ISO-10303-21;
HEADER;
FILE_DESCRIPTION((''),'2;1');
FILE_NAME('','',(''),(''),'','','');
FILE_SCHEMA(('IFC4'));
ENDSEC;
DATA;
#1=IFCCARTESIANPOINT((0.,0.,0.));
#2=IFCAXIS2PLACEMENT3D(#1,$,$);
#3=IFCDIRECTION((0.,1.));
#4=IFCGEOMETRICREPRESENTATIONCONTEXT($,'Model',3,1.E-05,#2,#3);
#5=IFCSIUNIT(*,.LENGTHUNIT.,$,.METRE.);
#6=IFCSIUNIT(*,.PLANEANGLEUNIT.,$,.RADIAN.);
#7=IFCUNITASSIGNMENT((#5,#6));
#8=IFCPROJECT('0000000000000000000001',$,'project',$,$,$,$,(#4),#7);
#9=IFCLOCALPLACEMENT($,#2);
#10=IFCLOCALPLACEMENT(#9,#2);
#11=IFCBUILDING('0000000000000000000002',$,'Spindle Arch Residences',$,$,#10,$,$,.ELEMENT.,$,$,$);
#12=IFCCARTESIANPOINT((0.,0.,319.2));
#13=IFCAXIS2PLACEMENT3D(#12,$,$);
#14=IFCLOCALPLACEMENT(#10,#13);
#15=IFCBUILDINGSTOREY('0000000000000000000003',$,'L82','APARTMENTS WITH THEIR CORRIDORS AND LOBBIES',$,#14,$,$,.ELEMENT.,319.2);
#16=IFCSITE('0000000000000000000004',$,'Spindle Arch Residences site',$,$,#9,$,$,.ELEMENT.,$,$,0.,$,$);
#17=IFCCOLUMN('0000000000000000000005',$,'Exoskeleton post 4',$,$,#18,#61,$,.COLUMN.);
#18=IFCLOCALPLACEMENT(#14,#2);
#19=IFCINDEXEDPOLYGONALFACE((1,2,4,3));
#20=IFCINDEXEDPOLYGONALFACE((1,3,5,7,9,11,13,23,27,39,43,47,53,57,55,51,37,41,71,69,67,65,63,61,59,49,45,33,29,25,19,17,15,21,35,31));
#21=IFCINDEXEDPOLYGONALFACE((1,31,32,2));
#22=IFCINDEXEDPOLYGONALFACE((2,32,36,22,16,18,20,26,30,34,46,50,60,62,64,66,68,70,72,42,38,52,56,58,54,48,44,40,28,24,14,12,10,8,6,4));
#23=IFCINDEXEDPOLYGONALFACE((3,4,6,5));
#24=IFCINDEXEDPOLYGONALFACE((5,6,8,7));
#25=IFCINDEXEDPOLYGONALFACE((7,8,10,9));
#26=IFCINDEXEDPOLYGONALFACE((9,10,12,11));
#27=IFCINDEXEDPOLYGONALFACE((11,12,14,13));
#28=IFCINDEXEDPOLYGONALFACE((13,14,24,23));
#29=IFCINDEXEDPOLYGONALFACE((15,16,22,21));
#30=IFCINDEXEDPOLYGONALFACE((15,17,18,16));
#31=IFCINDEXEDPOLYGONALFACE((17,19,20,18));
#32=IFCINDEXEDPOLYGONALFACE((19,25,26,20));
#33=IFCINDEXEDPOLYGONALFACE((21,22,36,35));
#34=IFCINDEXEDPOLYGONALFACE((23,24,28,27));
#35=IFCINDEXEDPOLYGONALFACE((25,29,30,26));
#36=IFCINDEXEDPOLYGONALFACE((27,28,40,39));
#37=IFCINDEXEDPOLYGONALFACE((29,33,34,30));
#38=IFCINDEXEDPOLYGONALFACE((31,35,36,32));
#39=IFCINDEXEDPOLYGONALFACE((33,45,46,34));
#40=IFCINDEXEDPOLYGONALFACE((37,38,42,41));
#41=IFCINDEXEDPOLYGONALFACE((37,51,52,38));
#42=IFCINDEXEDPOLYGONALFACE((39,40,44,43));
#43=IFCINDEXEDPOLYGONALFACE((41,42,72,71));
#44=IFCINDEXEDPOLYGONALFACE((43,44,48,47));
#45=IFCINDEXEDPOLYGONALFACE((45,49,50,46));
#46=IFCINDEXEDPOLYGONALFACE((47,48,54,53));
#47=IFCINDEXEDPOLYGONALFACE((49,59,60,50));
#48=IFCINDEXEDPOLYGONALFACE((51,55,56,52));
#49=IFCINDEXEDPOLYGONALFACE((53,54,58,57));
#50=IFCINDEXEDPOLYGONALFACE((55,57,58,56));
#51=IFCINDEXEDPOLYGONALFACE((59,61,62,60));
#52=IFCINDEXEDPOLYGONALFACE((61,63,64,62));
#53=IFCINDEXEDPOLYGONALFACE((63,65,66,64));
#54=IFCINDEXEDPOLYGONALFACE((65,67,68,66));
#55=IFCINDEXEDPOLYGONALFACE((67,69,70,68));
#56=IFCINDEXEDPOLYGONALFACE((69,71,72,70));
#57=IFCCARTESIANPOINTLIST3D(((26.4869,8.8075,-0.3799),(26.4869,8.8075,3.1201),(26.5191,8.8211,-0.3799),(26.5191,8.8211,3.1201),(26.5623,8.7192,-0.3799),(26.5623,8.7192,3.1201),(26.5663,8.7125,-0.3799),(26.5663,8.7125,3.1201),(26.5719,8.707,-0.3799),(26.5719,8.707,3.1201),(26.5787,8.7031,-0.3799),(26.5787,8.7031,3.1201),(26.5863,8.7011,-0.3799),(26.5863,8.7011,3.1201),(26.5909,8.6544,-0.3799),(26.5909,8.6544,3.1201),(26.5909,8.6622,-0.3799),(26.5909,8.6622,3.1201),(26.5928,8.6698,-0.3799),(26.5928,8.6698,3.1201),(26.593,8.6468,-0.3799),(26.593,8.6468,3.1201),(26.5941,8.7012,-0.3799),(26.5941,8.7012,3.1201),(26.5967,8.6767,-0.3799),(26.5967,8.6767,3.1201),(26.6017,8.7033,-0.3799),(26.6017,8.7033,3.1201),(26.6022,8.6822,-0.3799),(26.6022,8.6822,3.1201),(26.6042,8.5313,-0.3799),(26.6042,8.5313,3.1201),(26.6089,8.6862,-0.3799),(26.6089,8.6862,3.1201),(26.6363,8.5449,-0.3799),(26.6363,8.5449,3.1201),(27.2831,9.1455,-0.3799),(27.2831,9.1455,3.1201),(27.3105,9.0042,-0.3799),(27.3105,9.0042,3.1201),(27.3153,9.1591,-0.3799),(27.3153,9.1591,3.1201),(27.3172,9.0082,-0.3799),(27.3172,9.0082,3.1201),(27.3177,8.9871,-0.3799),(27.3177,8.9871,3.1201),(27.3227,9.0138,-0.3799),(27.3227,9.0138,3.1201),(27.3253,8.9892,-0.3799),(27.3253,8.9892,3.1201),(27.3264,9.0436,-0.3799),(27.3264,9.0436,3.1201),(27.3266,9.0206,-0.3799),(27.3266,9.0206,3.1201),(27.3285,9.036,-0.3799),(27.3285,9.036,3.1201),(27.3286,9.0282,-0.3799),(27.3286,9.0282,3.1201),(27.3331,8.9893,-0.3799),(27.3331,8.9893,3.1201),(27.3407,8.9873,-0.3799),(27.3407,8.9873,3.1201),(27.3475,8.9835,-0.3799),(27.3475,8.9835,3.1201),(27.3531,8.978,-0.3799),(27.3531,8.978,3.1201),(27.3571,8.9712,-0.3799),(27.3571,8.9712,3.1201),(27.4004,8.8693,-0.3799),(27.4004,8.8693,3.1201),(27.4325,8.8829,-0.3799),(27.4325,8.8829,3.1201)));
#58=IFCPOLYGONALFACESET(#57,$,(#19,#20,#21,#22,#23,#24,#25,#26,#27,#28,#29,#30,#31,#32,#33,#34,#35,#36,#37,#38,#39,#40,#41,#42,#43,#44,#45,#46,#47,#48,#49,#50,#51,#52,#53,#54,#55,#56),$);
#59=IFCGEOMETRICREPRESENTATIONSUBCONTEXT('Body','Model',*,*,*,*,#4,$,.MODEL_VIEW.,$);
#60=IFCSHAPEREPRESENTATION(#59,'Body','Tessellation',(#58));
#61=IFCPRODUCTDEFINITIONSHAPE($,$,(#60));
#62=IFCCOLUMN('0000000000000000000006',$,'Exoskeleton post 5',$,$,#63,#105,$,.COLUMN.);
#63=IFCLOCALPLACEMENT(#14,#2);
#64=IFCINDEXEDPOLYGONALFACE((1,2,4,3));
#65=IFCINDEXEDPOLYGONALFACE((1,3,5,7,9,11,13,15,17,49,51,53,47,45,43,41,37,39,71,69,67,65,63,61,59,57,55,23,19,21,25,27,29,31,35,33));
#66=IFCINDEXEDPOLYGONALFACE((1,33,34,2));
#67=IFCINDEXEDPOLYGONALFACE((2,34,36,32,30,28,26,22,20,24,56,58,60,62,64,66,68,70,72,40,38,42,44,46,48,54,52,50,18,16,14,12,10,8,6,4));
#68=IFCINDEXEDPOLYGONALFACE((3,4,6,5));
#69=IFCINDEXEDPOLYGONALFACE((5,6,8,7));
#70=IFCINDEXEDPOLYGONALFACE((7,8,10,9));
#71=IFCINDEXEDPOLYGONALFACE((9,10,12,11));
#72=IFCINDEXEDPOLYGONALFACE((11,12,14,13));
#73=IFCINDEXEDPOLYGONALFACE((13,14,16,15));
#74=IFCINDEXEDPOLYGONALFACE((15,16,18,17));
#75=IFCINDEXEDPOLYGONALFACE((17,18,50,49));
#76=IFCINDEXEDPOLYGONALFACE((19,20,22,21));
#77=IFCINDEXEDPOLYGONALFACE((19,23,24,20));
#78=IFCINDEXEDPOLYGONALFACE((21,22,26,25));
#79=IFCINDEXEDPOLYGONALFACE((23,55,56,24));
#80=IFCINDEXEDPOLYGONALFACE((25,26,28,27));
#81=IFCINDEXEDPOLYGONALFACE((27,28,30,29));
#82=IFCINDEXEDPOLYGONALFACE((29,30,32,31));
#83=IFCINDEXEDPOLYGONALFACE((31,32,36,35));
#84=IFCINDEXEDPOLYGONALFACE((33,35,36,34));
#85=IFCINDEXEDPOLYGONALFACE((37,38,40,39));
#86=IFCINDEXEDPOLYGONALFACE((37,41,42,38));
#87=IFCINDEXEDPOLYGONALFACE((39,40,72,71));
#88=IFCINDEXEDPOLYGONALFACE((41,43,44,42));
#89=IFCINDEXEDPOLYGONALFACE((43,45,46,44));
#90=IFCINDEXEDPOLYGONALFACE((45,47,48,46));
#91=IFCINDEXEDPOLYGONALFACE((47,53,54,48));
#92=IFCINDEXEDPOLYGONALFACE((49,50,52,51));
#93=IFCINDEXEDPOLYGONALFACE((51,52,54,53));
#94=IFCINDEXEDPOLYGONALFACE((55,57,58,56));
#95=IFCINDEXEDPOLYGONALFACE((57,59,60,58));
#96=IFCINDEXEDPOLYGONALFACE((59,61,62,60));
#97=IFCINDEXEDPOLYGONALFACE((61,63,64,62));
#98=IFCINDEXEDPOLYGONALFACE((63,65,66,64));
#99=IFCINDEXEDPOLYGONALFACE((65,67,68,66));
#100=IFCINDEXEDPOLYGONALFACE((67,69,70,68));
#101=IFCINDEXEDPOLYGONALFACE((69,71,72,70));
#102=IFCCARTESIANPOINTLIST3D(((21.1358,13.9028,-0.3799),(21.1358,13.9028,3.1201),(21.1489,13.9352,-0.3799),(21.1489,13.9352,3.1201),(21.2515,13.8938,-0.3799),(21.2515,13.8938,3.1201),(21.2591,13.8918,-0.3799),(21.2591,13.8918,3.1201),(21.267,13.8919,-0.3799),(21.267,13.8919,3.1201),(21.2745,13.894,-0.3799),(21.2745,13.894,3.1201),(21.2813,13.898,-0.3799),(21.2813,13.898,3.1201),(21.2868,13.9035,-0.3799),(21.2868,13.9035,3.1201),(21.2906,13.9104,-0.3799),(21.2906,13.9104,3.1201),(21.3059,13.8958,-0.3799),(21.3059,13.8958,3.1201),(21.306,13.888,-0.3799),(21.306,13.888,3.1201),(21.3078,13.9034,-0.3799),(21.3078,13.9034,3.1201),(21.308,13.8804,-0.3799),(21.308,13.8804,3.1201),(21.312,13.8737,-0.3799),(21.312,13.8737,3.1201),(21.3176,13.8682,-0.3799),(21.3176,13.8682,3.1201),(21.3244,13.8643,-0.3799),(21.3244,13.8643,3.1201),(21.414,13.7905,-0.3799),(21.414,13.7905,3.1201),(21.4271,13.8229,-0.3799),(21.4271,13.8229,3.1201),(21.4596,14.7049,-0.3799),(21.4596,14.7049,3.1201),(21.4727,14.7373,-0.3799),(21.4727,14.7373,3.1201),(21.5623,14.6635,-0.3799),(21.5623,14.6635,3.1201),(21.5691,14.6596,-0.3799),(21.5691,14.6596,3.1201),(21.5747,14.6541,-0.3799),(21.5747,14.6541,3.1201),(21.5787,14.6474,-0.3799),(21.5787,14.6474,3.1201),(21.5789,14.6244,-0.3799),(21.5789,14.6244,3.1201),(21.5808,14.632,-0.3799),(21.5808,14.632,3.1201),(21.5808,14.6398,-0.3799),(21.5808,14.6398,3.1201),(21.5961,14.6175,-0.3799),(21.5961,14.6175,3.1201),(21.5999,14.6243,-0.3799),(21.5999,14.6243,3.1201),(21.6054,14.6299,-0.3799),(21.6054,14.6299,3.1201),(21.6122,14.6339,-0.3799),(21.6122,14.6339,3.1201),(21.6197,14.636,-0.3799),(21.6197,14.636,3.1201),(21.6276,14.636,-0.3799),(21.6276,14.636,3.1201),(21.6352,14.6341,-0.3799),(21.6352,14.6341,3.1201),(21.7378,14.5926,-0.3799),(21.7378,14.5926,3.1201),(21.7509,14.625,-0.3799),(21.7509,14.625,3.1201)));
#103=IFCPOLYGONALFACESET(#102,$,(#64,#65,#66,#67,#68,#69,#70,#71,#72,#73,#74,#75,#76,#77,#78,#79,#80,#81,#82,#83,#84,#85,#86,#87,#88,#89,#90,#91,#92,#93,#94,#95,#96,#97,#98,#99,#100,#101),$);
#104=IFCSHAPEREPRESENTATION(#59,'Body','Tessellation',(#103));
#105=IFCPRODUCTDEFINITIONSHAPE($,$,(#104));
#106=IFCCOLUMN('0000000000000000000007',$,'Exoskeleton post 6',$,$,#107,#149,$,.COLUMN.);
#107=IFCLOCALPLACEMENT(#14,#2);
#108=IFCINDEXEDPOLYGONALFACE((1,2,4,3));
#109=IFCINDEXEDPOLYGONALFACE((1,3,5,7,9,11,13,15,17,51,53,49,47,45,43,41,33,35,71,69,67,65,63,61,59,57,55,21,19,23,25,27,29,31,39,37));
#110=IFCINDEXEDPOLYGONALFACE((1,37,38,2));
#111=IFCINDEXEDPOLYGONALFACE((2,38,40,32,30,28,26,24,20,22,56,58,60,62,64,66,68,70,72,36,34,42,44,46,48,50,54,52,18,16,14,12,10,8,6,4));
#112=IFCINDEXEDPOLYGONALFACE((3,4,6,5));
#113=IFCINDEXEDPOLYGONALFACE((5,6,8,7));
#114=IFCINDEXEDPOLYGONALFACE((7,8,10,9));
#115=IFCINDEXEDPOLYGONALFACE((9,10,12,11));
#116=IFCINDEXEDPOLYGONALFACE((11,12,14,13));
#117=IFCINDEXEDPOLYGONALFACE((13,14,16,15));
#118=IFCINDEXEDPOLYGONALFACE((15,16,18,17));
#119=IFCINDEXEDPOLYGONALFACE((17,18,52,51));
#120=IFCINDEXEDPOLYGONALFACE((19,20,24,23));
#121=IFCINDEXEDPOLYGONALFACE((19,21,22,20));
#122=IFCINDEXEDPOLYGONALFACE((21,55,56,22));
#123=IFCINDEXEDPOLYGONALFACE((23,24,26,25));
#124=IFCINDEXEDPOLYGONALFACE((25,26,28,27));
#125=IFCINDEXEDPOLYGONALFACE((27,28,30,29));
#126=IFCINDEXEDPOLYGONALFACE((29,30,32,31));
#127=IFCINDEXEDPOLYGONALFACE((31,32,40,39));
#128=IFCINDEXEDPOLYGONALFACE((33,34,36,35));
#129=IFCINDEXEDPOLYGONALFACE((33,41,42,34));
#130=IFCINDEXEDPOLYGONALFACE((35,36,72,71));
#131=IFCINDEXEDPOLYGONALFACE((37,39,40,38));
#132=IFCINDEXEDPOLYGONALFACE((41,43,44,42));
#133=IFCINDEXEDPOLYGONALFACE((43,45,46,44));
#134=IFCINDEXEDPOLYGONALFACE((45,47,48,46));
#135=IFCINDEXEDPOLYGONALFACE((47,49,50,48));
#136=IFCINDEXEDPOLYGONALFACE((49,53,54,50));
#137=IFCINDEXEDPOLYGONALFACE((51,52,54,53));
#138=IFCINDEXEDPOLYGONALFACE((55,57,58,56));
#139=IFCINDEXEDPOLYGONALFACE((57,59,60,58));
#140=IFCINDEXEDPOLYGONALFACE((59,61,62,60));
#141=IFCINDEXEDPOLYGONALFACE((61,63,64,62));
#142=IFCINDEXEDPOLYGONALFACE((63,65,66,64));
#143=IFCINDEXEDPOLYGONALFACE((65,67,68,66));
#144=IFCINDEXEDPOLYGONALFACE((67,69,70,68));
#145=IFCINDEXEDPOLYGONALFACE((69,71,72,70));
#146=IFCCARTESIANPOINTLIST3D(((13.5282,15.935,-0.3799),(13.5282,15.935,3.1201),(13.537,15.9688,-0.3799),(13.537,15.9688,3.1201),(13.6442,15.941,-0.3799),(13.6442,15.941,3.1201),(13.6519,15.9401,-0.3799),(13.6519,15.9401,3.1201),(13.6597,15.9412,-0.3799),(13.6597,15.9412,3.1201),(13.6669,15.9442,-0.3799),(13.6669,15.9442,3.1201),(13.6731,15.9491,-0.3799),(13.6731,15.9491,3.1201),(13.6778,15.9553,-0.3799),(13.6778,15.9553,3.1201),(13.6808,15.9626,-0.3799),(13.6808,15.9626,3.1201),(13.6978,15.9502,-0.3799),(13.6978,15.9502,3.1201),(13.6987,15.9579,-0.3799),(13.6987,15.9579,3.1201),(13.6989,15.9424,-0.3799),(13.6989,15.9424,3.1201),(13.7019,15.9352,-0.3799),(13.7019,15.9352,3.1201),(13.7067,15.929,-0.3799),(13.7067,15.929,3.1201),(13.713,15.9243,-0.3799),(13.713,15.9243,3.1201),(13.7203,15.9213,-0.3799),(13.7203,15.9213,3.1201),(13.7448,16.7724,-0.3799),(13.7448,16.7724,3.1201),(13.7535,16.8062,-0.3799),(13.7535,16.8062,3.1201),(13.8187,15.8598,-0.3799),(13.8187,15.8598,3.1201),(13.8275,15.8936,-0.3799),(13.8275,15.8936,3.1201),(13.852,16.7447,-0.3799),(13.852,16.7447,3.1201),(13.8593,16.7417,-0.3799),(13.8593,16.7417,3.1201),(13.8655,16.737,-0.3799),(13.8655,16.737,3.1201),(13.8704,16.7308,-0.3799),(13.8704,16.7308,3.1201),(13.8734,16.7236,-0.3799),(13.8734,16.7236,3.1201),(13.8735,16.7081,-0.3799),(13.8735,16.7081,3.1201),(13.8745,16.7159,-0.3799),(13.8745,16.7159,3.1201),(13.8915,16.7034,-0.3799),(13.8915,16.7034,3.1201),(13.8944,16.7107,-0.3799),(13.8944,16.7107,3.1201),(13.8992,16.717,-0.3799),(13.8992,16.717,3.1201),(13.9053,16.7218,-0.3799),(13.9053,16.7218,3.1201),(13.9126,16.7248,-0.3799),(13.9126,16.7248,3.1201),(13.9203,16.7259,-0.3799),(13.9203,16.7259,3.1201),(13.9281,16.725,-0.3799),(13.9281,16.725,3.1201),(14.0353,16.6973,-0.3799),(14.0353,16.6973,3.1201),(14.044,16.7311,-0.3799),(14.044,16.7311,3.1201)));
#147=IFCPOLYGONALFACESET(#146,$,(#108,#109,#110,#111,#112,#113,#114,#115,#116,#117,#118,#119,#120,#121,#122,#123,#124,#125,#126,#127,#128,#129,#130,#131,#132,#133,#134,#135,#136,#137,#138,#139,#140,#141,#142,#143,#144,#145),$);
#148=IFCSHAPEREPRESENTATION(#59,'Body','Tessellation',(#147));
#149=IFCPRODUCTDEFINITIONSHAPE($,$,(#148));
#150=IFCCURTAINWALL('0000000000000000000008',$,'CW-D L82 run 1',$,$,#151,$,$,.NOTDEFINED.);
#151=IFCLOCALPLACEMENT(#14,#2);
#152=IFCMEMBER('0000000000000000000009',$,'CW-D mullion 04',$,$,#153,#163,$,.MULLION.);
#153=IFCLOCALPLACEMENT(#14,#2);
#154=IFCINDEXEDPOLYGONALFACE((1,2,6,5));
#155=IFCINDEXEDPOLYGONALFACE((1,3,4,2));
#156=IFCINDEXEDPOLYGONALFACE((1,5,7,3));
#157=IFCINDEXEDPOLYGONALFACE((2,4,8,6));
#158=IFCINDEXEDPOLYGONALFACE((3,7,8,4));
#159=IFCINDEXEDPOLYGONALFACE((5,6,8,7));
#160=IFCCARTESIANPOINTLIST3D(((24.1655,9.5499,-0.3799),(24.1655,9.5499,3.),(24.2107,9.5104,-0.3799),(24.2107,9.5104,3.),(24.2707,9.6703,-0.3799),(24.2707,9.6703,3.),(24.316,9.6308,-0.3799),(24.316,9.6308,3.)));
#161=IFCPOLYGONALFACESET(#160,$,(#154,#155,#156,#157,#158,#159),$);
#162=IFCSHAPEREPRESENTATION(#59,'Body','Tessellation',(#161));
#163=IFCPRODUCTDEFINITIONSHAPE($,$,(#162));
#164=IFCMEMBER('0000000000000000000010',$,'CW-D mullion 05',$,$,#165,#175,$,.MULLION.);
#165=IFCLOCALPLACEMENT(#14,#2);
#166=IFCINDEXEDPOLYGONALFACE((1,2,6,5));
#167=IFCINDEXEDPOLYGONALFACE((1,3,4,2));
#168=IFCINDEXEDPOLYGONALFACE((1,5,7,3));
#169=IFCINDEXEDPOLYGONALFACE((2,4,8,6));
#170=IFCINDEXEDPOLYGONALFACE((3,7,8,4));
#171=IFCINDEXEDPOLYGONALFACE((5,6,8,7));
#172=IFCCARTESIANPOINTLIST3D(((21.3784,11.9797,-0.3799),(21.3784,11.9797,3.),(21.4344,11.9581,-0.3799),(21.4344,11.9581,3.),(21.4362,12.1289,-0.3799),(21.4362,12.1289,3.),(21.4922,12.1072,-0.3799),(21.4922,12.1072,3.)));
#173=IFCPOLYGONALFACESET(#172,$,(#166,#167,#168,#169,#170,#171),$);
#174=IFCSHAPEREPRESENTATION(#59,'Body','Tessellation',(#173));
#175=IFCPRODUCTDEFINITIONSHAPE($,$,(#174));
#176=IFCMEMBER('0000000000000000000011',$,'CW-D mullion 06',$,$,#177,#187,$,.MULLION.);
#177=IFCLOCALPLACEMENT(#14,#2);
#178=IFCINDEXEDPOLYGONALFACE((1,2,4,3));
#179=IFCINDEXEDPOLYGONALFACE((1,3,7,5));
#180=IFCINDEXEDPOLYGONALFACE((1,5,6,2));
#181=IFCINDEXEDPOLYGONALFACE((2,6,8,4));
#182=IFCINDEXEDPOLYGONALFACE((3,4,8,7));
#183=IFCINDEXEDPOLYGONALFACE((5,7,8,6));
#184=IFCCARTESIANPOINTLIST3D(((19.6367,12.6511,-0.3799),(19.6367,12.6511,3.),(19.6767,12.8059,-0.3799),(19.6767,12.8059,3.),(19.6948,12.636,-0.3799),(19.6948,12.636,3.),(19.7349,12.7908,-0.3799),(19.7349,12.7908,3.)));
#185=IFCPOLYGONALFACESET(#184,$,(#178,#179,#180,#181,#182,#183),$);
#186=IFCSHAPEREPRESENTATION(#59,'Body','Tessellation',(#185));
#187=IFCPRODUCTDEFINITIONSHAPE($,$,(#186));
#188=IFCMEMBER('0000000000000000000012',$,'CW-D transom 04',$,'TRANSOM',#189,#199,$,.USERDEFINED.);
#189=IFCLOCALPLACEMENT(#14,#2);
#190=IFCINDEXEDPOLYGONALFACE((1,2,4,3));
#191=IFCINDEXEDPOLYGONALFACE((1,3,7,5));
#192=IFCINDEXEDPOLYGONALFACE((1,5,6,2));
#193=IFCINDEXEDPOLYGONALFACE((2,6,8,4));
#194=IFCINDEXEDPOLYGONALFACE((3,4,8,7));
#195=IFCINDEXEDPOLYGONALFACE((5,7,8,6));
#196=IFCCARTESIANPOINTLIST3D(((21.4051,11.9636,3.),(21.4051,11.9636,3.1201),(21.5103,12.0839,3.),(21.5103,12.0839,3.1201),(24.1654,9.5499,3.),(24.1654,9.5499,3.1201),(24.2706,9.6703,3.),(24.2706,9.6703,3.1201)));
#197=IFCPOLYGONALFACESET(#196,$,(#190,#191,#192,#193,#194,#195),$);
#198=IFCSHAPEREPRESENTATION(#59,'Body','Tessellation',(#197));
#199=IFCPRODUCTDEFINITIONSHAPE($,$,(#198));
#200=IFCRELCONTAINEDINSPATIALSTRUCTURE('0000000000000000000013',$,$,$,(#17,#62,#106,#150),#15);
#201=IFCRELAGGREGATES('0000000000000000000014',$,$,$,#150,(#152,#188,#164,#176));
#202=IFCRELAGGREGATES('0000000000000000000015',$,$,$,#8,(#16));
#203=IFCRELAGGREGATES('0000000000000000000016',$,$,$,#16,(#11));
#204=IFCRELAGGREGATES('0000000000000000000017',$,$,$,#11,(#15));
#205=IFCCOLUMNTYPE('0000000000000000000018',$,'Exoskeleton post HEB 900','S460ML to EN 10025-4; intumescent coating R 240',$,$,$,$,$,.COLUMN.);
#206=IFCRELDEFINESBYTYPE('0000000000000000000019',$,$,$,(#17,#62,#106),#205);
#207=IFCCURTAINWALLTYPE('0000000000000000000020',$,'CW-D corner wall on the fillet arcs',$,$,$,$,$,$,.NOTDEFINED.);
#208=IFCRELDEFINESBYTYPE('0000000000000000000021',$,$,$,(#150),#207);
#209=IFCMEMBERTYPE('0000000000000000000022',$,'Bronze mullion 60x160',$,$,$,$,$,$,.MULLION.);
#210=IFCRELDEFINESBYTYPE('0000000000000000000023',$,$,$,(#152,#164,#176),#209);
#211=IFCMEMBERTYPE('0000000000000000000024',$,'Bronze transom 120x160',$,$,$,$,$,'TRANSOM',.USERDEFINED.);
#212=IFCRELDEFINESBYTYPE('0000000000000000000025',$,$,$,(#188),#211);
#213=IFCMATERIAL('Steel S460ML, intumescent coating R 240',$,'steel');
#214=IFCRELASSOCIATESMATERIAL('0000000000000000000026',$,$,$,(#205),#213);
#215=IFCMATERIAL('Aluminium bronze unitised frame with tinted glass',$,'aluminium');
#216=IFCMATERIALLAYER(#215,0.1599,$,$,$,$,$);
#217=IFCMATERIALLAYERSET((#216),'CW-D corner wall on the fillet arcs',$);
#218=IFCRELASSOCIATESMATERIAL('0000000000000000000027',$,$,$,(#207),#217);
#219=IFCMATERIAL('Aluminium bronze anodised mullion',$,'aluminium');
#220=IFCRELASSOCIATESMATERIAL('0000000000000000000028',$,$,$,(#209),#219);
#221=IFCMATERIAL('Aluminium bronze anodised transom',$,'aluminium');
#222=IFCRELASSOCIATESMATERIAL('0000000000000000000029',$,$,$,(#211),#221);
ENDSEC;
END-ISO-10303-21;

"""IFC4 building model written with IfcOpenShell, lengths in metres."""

from ifc_helpers import new_model, si_unit, direction, frame, origin, origin_2d, place, context, subcontext, project, spatial, rectangle, i_section, extrude, material, layer, layer_set, material_profile, profile_set, type_object, element, aggregate, save


model = new_model("IFC4")

# Units and contexts
model_context = context("Model", 3, precision=1e-05, world=origin(), true_north=direction((0.0, 1.0)))
body_context = subcontext(model_context, "Body", "Model", "MODEL_VIEW")
ifc_project = project(units=[si_unit("LENGTHUNIT", "METRE"), si_unit("PLANEANGLEUNIT", "RADIAN")], contexts=[model_context])

# Site, building, storey
site_placement = place(None, origin())
site = spatial("IfcSite", under=ifc_project, at=site_placement, Name="Spindle Arch Residences site", CompositionType="ELEMENT", RefElevation=0.0)
building_placement = place(site_placement, origin())
building = spatial("IfcBuilding", under=site, at=building_placement, Name="Spindle Arch Residences", CompositionType="ELEMENT")
storey_placement = place(building_placement, frame((0.0, 0.0, 319.2)))
storey = spatial("IfcBuildingStorey", under=building, at=storey_placement, Name="L82", Description="APARTMENTS WITH THEIR CORRIDORS AND LOBBIES", CompositionType="ELEMENT", Elevation=319.2)

# Columns
ifc_material_1 = material(Name="Steel S460ML, intumescent coating R 240", Category="steel")
ifc_material_profile_1 = material_profile(ifc_material_1, i_section(OverallWidth=0.3, OverallDepth=0.8999, WebThickness=0.0186, FlangeThickness=0.0349, FilletRadius=0.03, at=origin_2d()), Name="HEB 900")
ifc_profile_set_1 = profile_set([ifc_material_profile_1], Name="Steel S460ML, intumescent coating R 240")
column_type = type_object("IfcColumnType", Name="Exoskeleton post HEB 900", Description="S460ML to EN 10025-4; intumescent coating R 240", PredefinedType="COLUMN", material=ifc_profile_set_1)
for number, where, z_axis, x_axis, name in (
    (1, (26.9597, 8.8452, -0.3799), (0.0, 0.0, 1.0), (0.39077, -0.920488, 0.0), "Exoskeleton post 4"),
    (2, (21.4434, 14.2639, -0.3799), (0.0, 0.0, 1.0), (0.927295, -0.374332, 0.0), "Exoskeleton post 5"),
    (3, (13.7861, 16.333, -0.3799), (0.0, 0.0, 1.0), (0.968148, -0.25038, 0.0), "Exoskeleton post 6"),
):
    element("IfcColumn", number, at=place(storey_placement, frame(where, z_axis=z_axis, x_axis=x_axis)), inside=storey, type_object=column_type, Name=name, PredefinedType="COLUMN", context=body_context, shape_type="SweptSolid", body=[
        extrude(i_section(OverallWidth=0.3, OverallDepth=0.8999, WebThickness=0.0186, FlangeThickness=0.0349, FilletRadius=0.03, at=origin_2d()), origin(), (0.0, 0.0, 1.0), 3.5),
    ])

# Curtain wall, members
ifc_material_2 = material(Name="Aluminium bronze unitised frame with tinted glass", Category="aluminium")
ifc_layer_1 = layer(ifc_material_2, 0.1599)
ifc_layer_set_1 = layer_set([ifc_layer_1], Name="CW-D corner wall on the fillet arcs")
curtain_wall_type = type_object("IfcCurtainWallType", Name="CW-D corner wall on the fillet arcs", PredefinedType="NOTDEFINED", material=ifc_layer_set_1)
curtain_wall_placement = place(storey_placement, origin())
curtain_wall = element("IfcCurtainWall", 4, at=curtain_wall_placement, inside=storey, type_object=curtain_wall_type, Name="CW-D L82 run 1", PredefinedType="NOTDEFINED")
ifc_material_3 = material(Name="Aluminium bronze anodised mullion", Category="aluminium")
ifc_material_profile_2 = material_profile(ifc_material_3, rectangle(XDim=0.1599, YDim=0.0601, at=origin_2d()), Name="MU 60x160")
ifc_profile_set_2 = profile_set([ifc_material_profile_2], Name="Aluminium bronze anodised mullion")
member_type_1 = type_object("IfcMemberType", Name="Bronze mullion 60x160", PredefinedType="MULLION", material=ifc_profile_set_2)
member_1_placement = place(storey_placement, frame((24.2407, 9.5903, -0.3799), z_axis=(0.0, 0.0, 1.0), x_axis=(-0.658252, -0.752798, 0.0)))
member_1 = element("IfcMember", 5, at=member_1_placement, type_object=member_type_1, Name="CW-D mullion 04", PredefinedType="MULLION", context=body_context, shape_type="SweptSolid", body=[
    extrude(rectangle(XDim=0.1599, YDim=0.0601, at=origin_2d()), origin(), (0.0, 0.0, 1.0), 3.3799),
])
member_2_placement = place(storey_placement, frame((21.4353, 12.0435, -0.3799), z_axis=(0.0, 0.0, 1.0), x_axis=(-0.361082, -0.932534, 0.0)))
member_2 = element("IfcMember", 6, at=member_2_placement, type_object=member_type_1, Name="CW-D mullion 05", PredefinedType="MULLION", context=body_context, shape_type="SweptSolid", body=[
    extrude(rectangle(XDim=0.1599, YDim=0.0601, at=origin_2d()), origin(), (0.0, 0.0, 1.0), 3.3799),
])
member_3_placement = place(storey_placement, frame((19.6858, 12.7209, -0.3799), z_axis=(0.0, 0.0, 1.0), x_axis=(-0.25038, -0.968148, 0.0)))
member_3 = element("IfcMember", 7, at=member_3_placement, type_object=member_type_1, Name="CW-D mullion 06", PredefinedType="MULLION", context=body_context, shape_type="SweptSolid", body=[
    extrude(rectangle(XDim=0.1599, YDim=0.0601, at=origin_2d()), origin(), (0.0, 0.0, 1.0), 3.3799),
])
ifc_material_4 = material(Name="Aluminium bronze anodised transom", Category="aluminium")
ifc_material_profile_3 = material_profile(ifc_material_4, rectangle(XDim=0.1599, YDim=0.1201, at=origin_2d()), Name="TR 120x160")
ifc_profile_set_3 = profile_set([ifc_material_profile_3], Name="Aluminium bronze anodised transom")
member_type_2 = type_object("IfcMemberType", Name="Bronze transom 120x160", ElementType="TRANSOM", PredefinedType="USERDEFINED", material=ifc_profile_set_3)
member_4_placement = place(storey_placement, frame((24.218, 9.6101, 3.0601), z_axis=(-0.752799, 0.65825, 0.0), x_axis=(-0.65825, -0.752799, 0.0)))
member_4 = element("IfcMember", 8, at=member_4_placement, type_object=member_type_2, Name="CW-D transom 04", ObjectType="TRANSOM", PredefinedType="USERDEFINED", context=body_context, shape_type="SweptSolid", body=[
    extrude(rectangle(XDim=0.1599, YDim=0.1201, at=origin_2d()), origin(), (0.0, 0.0, 1.0), 3.6667),
])

aggregate(curtain_wall, [member_1, member_4, member_2, member_3])

save(model, "model.ifc")
